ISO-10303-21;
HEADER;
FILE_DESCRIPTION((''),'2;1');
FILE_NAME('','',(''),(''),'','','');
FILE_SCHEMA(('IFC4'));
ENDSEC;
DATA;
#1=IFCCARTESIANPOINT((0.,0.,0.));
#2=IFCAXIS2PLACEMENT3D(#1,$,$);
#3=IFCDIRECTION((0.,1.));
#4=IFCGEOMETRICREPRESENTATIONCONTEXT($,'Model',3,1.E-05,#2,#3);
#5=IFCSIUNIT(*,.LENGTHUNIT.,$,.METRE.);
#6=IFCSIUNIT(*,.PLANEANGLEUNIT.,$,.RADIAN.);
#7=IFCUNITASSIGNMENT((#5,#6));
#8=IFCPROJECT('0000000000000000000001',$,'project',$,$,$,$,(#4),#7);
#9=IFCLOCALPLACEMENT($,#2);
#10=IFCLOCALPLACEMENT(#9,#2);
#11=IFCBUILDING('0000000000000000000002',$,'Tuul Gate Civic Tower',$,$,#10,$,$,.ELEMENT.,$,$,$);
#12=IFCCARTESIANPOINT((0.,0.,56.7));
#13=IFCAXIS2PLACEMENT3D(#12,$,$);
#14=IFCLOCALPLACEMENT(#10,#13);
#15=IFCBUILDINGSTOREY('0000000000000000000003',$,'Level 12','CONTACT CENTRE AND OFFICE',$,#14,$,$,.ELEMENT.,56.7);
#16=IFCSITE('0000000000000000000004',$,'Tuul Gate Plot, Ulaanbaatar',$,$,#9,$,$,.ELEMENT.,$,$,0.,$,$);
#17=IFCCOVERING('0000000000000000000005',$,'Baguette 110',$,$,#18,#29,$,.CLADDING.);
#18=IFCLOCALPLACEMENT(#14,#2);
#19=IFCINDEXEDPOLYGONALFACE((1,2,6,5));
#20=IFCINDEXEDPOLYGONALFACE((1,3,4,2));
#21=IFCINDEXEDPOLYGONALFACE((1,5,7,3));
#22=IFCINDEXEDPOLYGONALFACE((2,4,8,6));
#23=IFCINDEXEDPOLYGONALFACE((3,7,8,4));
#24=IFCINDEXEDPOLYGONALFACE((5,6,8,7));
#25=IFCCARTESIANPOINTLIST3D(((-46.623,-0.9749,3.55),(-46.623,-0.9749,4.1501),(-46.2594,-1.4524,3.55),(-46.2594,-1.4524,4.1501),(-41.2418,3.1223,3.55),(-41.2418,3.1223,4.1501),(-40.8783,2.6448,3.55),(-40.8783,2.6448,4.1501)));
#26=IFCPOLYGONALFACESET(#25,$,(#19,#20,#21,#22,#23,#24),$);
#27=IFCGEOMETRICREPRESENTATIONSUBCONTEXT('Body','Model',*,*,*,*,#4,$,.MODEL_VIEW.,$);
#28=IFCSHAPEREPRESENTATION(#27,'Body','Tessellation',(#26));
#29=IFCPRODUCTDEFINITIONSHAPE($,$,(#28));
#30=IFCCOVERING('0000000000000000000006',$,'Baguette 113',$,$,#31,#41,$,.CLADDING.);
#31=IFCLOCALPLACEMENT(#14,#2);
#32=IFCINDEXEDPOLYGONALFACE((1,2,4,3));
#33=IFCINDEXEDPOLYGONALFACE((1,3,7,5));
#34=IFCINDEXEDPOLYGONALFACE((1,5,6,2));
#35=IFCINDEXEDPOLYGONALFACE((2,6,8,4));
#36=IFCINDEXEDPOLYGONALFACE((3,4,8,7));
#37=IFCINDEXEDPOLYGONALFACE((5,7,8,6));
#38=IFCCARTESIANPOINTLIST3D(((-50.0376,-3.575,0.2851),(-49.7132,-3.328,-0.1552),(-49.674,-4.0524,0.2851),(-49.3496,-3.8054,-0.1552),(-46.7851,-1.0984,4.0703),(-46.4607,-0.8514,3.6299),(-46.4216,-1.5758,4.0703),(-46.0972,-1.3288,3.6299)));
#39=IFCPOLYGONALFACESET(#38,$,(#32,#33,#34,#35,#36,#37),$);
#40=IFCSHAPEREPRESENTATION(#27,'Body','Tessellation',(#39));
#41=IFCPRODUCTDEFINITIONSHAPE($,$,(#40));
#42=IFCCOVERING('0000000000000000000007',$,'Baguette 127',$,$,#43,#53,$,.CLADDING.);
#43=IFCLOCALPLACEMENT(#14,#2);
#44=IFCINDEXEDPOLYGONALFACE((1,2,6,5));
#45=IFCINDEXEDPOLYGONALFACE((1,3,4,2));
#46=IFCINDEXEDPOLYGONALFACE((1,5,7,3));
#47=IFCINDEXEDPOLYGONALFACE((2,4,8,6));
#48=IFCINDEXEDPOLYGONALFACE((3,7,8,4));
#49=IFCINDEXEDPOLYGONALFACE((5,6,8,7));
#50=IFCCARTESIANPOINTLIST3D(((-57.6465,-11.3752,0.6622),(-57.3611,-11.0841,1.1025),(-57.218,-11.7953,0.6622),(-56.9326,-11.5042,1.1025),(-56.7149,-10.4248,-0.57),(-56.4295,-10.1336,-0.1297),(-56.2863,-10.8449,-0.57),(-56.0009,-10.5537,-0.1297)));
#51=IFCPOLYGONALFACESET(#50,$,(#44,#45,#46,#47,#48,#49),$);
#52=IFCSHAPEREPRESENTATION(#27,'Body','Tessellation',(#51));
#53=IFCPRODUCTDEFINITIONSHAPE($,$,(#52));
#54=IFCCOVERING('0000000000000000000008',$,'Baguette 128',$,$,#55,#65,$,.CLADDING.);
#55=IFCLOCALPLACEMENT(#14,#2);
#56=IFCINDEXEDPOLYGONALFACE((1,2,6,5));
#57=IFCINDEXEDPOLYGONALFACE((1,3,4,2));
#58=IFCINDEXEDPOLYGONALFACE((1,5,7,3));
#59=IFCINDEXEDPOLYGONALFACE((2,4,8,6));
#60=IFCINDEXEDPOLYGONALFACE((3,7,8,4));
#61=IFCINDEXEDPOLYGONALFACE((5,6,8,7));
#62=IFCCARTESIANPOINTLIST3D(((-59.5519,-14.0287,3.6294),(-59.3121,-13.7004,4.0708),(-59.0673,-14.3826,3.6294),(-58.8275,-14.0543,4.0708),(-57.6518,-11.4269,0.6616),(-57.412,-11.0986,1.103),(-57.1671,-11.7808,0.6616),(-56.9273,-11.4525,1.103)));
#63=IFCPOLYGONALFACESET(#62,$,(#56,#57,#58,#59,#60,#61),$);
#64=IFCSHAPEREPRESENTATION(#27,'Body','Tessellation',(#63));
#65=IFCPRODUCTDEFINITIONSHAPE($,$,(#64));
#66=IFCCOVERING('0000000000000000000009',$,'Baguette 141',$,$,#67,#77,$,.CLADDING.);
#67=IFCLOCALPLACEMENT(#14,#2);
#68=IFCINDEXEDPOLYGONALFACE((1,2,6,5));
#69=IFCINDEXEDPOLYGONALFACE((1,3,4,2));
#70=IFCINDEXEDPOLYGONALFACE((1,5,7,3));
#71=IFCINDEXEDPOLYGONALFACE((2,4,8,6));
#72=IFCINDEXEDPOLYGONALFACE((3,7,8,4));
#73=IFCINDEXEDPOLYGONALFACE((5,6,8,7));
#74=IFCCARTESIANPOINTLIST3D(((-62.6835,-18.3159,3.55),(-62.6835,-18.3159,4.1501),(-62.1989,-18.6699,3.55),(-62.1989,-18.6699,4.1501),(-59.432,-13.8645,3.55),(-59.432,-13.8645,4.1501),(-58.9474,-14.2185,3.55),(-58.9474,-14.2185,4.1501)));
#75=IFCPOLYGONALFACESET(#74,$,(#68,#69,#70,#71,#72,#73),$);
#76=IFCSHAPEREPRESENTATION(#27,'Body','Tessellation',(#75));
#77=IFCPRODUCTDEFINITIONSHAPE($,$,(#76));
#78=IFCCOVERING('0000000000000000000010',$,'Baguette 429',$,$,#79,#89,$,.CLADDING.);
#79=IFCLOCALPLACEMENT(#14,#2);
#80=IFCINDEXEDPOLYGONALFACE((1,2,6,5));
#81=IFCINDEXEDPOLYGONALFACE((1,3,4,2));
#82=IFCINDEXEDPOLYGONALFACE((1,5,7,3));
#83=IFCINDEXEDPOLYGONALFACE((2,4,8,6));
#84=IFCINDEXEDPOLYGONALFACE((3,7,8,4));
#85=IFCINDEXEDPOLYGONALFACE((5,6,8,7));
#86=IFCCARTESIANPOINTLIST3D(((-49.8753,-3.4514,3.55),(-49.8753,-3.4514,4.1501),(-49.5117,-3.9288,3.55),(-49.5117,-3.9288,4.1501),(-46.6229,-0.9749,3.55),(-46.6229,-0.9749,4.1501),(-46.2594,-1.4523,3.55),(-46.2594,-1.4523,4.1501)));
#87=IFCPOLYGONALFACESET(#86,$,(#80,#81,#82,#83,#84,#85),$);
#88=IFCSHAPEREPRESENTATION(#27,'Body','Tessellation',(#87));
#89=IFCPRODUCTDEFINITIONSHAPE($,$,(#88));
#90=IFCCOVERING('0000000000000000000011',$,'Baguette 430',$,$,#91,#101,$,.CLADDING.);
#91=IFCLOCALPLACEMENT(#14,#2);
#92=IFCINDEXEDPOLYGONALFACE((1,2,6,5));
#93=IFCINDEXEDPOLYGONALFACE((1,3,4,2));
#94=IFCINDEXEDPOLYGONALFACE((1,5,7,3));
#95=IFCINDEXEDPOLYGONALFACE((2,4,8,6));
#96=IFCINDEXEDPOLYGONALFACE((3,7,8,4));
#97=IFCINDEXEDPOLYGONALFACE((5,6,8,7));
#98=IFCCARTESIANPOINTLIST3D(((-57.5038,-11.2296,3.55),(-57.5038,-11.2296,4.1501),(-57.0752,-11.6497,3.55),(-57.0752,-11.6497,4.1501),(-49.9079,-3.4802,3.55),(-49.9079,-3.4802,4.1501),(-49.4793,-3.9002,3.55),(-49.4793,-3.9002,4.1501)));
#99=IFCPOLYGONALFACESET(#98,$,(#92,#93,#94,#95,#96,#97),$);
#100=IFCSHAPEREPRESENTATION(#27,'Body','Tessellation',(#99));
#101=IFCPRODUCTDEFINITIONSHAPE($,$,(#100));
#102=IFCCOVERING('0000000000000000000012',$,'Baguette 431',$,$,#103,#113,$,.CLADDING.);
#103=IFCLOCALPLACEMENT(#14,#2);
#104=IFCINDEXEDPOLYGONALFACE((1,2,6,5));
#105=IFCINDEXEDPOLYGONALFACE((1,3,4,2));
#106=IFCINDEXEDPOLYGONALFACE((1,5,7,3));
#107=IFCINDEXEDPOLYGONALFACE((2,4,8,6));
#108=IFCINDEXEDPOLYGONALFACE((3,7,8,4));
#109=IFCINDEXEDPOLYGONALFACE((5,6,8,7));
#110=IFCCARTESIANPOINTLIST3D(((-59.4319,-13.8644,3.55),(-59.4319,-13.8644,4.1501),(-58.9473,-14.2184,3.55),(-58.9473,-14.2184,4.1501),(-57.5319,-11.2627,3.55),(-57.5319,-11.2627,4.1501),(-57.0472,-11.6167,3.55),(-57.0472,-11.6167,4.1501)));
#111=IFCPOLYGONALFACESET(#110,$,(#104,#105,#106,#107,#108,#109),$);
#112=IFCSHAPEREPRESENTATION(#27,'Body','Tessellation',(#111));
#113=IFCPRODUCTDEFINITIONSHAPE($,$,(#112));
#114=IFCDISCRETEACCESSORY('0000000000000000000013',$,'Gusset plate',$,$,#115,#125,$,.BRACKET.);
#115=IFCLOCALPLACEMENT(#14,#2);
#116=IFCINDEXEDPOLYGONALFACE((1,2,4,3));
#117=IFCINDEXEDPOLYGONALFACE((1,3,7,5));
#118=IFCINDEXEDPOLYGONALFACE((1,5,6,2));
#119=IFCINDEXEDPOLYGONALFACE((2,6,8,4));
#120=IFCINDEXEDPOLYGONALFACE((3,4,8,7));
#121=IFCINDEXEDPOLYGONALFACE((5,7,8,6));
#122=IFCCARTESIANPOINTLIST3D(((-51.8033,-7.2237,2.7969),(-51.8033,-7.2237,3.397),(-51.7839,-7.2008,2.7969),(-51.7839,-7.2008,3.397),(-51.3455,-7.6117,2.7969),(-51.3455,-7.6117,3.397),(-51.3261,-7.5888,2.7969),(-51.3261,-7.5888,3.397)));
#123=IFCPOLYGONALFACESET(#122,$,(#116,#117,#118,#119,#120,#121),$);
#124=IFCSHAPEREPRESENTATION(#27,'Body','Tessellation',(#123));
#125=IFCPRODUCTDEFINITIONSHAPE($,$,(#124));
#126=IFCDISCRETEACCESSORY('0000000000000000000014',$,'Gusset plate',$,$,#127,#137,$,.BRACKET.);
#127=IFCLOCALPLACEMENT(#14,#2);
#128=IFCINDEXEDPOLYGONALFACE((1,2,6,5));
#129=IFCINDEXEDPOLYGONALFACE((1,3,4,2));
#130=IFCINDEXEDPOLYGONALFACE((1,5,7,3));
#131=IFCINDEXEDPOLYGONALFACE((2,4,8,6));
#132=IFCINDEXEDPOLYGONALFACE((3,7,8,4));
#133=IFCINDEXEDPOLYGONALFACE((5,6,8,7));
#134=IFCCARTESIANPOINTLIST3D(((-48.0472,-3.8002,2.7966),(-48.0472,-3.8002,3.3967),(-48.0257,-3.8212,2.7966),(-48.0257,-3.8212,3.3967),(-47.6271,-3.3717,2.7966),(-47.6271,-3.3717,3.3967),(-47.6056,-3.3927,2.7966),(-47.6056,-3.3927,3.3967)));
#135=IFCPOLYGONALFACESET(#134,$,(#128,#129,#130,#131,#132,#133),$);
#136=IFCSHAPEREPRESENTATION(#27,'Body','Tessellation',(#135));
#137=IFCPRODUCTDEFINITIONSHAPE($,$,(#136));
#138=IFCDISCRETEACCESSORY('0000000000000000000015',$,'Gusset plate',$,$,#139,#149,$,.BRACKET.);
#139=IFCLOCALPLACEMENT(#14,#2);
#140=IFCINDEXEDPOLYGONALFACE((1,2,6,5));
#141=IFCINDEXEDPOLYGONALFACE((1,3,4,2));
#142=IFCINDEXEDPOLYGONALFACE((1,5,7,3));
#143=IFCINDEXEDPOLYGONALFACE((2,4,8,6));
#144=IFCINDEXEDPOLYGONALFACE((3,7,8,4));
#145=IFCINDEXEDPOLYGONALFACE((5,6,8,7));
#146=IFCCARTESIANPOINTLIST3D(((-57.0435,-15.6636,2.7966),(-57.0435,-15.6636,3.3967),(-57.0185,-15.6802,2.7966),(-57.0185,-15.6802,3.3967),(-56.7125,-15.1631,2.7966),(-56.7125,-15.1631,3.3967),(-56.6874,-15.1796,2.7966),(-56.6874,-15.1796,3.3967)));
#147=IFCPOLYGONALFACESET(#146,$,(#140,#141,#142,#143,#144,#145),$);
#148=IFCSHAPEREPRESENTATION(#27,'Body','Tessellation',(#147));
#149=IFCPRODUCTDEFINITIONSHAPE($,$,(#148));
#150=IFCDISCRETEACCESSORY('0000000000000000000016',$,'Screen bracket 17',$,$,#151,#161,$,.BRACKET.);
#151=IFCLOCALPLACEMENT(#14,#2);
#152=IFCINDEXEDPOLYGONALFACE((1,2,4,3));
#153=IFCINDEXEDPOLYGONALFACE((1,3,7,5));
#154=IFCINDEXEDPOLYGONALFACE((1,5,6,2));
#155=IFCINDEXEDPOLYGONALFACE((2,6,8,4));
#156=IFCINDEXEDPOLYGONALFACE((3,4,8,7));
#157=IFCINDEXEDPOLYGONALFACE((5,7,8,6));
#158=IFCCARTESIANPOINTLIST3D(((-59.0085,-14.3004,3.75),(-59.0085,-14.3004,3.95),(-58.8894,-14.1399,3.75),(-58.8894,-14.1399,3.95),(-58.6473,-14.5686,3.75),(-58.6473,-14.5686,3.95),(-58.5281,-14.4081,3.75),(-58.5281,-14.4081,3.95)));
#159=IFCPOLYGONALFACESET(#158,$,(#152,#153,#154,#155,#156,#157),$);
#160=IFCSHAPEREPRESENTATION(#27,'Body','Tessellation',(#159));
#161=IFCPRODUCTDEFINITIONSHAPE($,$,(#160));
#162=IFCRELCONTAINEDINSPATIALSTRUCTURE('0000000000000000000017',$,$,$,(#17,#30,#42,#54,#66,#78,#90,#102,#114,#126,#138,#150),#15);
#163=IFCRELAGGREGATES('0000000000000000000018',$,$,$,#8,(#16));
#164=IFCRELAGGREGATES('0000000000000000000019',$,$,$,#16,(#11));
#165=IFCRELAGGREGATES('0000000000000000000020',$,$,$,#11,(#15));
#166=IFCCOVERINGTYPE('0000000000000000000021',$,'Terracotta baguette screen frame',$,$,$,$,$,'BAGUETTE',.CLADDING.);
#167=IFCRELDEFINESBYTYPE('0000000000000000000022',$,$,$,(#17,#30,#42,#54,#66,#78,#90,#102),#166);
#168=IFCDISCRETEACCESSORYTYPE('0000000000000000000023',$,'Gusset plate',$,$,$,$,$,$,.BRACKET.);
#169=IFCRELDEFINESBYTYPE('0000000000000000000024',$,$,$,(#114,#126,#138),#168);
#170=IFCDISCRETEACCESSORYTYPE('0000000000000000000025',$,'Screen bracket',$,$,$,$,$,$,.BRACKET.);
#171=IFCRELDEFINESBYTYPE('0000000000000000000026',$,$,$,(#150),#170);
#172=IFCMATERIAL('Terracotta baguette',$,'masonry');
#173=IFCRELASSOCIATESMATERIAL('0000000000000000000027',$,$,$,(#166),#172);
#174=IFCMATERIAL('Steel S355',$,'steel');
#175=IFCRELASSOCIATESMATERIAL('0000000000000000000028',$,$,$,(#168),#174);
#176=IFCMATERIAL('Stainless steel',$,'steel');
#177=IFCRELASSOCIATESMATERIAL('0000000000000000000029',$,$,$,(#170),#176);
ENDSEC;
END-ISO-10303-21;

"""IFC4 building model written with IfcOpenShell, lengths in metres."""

from ifc_helpers import new_model, si_unit, direction, frame, origin, origin_2d, place, context, subcontext, project, spatial, rectangle, extrude, material, material_profile, profile_set, type_object, element, save


model = new_model("IFC4")

# Units and contexts
model_context = context("Model", 3, precision=1e-05, world=origin(), true_north=direction((0.0, 1.0)))
body_context = subcontext(model_context, "Body", "Model", "MODEL_VIEW")
ifc_project = project(units=[si_unit("LENGTHUNIT", "METRE"), si_unit("PLANEANGLEUNIT", "RADIAN")], contexts=[model_context])

# Site, building, storey
site_placement = place(None, origin())
site = spatial("IfcSite", under=ifc_project, at=site_placement, Name="Tuul Gate Plot, Ulaanbaatar", CompositionType="ELEMENT", RefElevation=0.0)
building_placement = place(site_placement, origin())
building = spatial("IfcBuilding", under=site, at=building_placement, Name="Tuul Gate Civic Tower", CompositionType="ELEMENT")
storey_placement = place(building_placement, frame((0.0, 0.0, 56.7)))
storey = spatial("IfcBuildingStorey", under=building, at=storey_placement, Name="Level 12", Description="CONTACT CENTRE AND OFFICE", CompositionType="ELEMENT", Elevation=56.7)

# Coverings
ifc_material_1 = material(Name="Terracotta baguette", Category="masonry")
ifc_material_profile_1 = material_profile(ifc_material_1, rectangle(XDim=0.6001, YDim=0.6001, at=origin_2d()), Name="Terracotta baguette screen frame")
ifc_profile_set_1 = profile_set([ifc_material_profile_1], Name="Terracotta baguette")
covering_type = type_object("IfcCoveringType", Name="Terracotta baguette screen frame", ElementType="BAGUETTE", PredefinedType="CLADDING", material=ifc_profile_set_1)
covering_1_placement = place(storey_placement, frame((-41.0601, 2.8835, 3.8501), z_axis=(-0.795626, -0.605789, 0.0), x_axis=(0.605789, -0.795626, 0.0)))
element("IfcCovering", 1, at=covering_1_placement, inside=storey, type_object=covering_type, Name="Baguette 110", PredefinedType="CLADDING", context=body_context, shape_type="SweptSolid", body=[
    extrude(rectangle(XDim=0.6001, YDim=0.6001, at=origin_2d()), origin(), (0.0, 0.0, 1.0), 6.7634),
])
covering_2_placement = place(storey_placement, frame((-46.4412, -1.2136, 3.8501), z_axis=(-0.583787, -0.444523, -0.679405), x_axis=(0.605813, -0.795607, 0.0)))
element("IfcCovering", 2, at=covering_2_placement, inside=storey, type_object=covering_type, Name="Baguette 113", PredefinedType="CLADDING", context=body_context, shape_type="SweptSolid", body=[
    extrude(rectangle(XDim=0.6001, YDim=0.6001, at=origin_2d()), origin(), (0.0, 0.0, 1.0), 5.5713),
])
covering_3_placement = place(storey_placement, frame((-56.3579, -10.4893, -0.3499), z_axis=(-0.513665, -0.52403, 0.679368), x_axis=(0.714134, -0.700009, 0.0)))
element("IfcCovering", 3, at=covering_3_placement, inside=storey, type_object=covering_type, Name="Baguette 127", PredefinedType="CLADDING", context=body_context, shape_type="SweptSolid", body=[
    extrude(rectangle(XDim=0.6001, YDim=0.6001, at=origin_2d()), origin(), (0.0, 0.0, 1.0), 1.8137),
])
covering_4_placement = place(storey_placement, frame((-57.2896, -11.4397, 0.8823), z_axis=(-0.433787, -0.59397, 0.677517), x_axis=(0.807565, -0.589779, 0.0)))
element("IfcCovering", 4, at=covering_4_placement, inside=storey, type_object=covering_type, Name="Baguette 128", PredefinedType="CLADDING", context=body_context, shape_type="SweptSolid", body=[
    extrude(rectangle(XDim=0.6001, YDim=0.6001, at=origin_2d()), origin(), (0.0, 0.0, 1.0), 4.3804),
])
covering_5_placement = place(storey_placement, frame((-59.1897, -14.0415, 3.8501), z_axis=(-0.58984, -0.80752, 0.0), x_axis=(0.80752, -0.58984, 0.0)))
element("IfcCovering", 5, at=covering_5_placement, inside=storey, type_object=covering_type, Name="Baguette 141", PredefinedType="CLADDING", context=body_context, shape_type="SweptSolid", body=[
    extrude(rectangle(XDim=0.6001, YDim=0.6001, at=origin_2d()), origin(), (0.0, 0.0, 1.0), 5.5125),
])
covering_6_placement = place(storey_placement, frame((-46.4412, -1.2136, 3.8501), z_axis=(-0.795607, -0.605813, 0.0), x_axis=(0.605813, -0.795607, 0.0)))
element("IfcCovering", 6, at=covering_6_placement, inside=storey, type_object=covering_type, Name="Baguette 429", PredefinedType="CLADDING", context=body_context, shape_type="SweptSolid", body=[
    extrude(rectangle(XDim=0.6001, YDim=0.6001, at=origin_2d()), origin(), (0.0, 0.0, 1.0), 4.0879),
])
covering_7_placement = place(storey_placement, frame((-49.6936, -3.6902, 3.8501), z_axis=(-0.699996, -0.714147, 0.0), x_axis=(0.714147, -0.699996, 0.0)))
element("IfcCovering", 7, at=covering_7_placement, inside=storey, type_object=covering_type, Name="Baguette 430", PredefinedType="CLADDING", context=body_context, shape_type="SweptSolid", body=[
    extrude(rectangle(XDim=0.6001, YDim=0.6001, at=origin_2d()), origin(), (0.0, 0.0, 1.0), 10.8513),
])
covering_8_placement = place(storey_placement, frame((-57.2896, -11.4397, 3.8501), z_axis=(-0.589779, -0.807565, 0.0), x_axis=(0.807565, -0.589779, 0.0)))
element("IfcCovering", 8, at=covering_8_placement, inside=storey, type_object=covering_type, Name="Baguette 431", PredefinedType="CLADDING", context=body_context, shape_type="SweptSolid", body=[
    extrude(rectangle(XDim=0.6001, YDim=0.6001, at=origin_2d()), origin(), (0.0, 0.0, 1.0), 3.2217),
])

# Discrete accessories
ifc_material_2 = material(Name="Steel S355", Category="steel")
discrete_accessory_type_1 = type_object("IfcDiscreteAccessoryType", Name="Gusset plate", PredefinedType="BRACKET", material=ifc_material_2)
for number, where, z_axis, x_axis, name in (
    (9, (-51.5647, -7.4062, 2.7969), (0.0, 0.0, 1.0), (0.762825, -0.646605, 0.0), "Gusset plate"),
    (10, (-47.8264, -3.5964, 2.7966), (0.0, 0.0, 1.0), (0.700048, 0.714096, 0.0), "Gusset plate"),
    (11, (-56.8655, -15.4216, 2.7966), (0.0, 0.0, 1.0), (0.551645, 0.834079, 0.0), "Gusset plate"),
):
    element("IfcDiscreteAccessory", number, at=place(storey_placement, frame(where, z_axis=z_axis, x_axis=x_axis)), inside=storey, type_object=discrete_accessory_type_1, Name=name, PredefinedType="BRACKET", context=body_context, shape_type="SweptSolid", body=[
        extrude(rectangle(XDim=0.6001, YDim=0.03, at=origin_2d()), origin(), (0.0, 0.0, 1.0), 0.6001),
    ])
ifc_material_3 = material(Name="Stainless steel", Category="steel")
discrete_accessory_type_2 = type_object("IfcDiscreteAccessoryType", Name="Screen bracket", PredefinedType="BRACKET", material=ifc_material_3)
discrete_accessory_placement = place(storey_placement, frame((-58.7683, -14.3542, 3.75), z_axis=(0.0, 0.0, 1.0), x_axis=(-0.802946, 0.596051, 0.0)))
element("IfcDiscreteAccessory", 12, at=discrete_accessory_placement, inside=storey, type_object=discrete_accessory_type_2, Name="Screen bracket 17", PredefinedType="BRACKET", context=body_context, shape_type="SweptSolid", body=[
    extrude(rectangle(XDim=0.45, YDim=0.2, at=origin_2d()), origin(), (0.0, 0.0, 1.0), 0.2),
])

save(model, "model.ifc")
